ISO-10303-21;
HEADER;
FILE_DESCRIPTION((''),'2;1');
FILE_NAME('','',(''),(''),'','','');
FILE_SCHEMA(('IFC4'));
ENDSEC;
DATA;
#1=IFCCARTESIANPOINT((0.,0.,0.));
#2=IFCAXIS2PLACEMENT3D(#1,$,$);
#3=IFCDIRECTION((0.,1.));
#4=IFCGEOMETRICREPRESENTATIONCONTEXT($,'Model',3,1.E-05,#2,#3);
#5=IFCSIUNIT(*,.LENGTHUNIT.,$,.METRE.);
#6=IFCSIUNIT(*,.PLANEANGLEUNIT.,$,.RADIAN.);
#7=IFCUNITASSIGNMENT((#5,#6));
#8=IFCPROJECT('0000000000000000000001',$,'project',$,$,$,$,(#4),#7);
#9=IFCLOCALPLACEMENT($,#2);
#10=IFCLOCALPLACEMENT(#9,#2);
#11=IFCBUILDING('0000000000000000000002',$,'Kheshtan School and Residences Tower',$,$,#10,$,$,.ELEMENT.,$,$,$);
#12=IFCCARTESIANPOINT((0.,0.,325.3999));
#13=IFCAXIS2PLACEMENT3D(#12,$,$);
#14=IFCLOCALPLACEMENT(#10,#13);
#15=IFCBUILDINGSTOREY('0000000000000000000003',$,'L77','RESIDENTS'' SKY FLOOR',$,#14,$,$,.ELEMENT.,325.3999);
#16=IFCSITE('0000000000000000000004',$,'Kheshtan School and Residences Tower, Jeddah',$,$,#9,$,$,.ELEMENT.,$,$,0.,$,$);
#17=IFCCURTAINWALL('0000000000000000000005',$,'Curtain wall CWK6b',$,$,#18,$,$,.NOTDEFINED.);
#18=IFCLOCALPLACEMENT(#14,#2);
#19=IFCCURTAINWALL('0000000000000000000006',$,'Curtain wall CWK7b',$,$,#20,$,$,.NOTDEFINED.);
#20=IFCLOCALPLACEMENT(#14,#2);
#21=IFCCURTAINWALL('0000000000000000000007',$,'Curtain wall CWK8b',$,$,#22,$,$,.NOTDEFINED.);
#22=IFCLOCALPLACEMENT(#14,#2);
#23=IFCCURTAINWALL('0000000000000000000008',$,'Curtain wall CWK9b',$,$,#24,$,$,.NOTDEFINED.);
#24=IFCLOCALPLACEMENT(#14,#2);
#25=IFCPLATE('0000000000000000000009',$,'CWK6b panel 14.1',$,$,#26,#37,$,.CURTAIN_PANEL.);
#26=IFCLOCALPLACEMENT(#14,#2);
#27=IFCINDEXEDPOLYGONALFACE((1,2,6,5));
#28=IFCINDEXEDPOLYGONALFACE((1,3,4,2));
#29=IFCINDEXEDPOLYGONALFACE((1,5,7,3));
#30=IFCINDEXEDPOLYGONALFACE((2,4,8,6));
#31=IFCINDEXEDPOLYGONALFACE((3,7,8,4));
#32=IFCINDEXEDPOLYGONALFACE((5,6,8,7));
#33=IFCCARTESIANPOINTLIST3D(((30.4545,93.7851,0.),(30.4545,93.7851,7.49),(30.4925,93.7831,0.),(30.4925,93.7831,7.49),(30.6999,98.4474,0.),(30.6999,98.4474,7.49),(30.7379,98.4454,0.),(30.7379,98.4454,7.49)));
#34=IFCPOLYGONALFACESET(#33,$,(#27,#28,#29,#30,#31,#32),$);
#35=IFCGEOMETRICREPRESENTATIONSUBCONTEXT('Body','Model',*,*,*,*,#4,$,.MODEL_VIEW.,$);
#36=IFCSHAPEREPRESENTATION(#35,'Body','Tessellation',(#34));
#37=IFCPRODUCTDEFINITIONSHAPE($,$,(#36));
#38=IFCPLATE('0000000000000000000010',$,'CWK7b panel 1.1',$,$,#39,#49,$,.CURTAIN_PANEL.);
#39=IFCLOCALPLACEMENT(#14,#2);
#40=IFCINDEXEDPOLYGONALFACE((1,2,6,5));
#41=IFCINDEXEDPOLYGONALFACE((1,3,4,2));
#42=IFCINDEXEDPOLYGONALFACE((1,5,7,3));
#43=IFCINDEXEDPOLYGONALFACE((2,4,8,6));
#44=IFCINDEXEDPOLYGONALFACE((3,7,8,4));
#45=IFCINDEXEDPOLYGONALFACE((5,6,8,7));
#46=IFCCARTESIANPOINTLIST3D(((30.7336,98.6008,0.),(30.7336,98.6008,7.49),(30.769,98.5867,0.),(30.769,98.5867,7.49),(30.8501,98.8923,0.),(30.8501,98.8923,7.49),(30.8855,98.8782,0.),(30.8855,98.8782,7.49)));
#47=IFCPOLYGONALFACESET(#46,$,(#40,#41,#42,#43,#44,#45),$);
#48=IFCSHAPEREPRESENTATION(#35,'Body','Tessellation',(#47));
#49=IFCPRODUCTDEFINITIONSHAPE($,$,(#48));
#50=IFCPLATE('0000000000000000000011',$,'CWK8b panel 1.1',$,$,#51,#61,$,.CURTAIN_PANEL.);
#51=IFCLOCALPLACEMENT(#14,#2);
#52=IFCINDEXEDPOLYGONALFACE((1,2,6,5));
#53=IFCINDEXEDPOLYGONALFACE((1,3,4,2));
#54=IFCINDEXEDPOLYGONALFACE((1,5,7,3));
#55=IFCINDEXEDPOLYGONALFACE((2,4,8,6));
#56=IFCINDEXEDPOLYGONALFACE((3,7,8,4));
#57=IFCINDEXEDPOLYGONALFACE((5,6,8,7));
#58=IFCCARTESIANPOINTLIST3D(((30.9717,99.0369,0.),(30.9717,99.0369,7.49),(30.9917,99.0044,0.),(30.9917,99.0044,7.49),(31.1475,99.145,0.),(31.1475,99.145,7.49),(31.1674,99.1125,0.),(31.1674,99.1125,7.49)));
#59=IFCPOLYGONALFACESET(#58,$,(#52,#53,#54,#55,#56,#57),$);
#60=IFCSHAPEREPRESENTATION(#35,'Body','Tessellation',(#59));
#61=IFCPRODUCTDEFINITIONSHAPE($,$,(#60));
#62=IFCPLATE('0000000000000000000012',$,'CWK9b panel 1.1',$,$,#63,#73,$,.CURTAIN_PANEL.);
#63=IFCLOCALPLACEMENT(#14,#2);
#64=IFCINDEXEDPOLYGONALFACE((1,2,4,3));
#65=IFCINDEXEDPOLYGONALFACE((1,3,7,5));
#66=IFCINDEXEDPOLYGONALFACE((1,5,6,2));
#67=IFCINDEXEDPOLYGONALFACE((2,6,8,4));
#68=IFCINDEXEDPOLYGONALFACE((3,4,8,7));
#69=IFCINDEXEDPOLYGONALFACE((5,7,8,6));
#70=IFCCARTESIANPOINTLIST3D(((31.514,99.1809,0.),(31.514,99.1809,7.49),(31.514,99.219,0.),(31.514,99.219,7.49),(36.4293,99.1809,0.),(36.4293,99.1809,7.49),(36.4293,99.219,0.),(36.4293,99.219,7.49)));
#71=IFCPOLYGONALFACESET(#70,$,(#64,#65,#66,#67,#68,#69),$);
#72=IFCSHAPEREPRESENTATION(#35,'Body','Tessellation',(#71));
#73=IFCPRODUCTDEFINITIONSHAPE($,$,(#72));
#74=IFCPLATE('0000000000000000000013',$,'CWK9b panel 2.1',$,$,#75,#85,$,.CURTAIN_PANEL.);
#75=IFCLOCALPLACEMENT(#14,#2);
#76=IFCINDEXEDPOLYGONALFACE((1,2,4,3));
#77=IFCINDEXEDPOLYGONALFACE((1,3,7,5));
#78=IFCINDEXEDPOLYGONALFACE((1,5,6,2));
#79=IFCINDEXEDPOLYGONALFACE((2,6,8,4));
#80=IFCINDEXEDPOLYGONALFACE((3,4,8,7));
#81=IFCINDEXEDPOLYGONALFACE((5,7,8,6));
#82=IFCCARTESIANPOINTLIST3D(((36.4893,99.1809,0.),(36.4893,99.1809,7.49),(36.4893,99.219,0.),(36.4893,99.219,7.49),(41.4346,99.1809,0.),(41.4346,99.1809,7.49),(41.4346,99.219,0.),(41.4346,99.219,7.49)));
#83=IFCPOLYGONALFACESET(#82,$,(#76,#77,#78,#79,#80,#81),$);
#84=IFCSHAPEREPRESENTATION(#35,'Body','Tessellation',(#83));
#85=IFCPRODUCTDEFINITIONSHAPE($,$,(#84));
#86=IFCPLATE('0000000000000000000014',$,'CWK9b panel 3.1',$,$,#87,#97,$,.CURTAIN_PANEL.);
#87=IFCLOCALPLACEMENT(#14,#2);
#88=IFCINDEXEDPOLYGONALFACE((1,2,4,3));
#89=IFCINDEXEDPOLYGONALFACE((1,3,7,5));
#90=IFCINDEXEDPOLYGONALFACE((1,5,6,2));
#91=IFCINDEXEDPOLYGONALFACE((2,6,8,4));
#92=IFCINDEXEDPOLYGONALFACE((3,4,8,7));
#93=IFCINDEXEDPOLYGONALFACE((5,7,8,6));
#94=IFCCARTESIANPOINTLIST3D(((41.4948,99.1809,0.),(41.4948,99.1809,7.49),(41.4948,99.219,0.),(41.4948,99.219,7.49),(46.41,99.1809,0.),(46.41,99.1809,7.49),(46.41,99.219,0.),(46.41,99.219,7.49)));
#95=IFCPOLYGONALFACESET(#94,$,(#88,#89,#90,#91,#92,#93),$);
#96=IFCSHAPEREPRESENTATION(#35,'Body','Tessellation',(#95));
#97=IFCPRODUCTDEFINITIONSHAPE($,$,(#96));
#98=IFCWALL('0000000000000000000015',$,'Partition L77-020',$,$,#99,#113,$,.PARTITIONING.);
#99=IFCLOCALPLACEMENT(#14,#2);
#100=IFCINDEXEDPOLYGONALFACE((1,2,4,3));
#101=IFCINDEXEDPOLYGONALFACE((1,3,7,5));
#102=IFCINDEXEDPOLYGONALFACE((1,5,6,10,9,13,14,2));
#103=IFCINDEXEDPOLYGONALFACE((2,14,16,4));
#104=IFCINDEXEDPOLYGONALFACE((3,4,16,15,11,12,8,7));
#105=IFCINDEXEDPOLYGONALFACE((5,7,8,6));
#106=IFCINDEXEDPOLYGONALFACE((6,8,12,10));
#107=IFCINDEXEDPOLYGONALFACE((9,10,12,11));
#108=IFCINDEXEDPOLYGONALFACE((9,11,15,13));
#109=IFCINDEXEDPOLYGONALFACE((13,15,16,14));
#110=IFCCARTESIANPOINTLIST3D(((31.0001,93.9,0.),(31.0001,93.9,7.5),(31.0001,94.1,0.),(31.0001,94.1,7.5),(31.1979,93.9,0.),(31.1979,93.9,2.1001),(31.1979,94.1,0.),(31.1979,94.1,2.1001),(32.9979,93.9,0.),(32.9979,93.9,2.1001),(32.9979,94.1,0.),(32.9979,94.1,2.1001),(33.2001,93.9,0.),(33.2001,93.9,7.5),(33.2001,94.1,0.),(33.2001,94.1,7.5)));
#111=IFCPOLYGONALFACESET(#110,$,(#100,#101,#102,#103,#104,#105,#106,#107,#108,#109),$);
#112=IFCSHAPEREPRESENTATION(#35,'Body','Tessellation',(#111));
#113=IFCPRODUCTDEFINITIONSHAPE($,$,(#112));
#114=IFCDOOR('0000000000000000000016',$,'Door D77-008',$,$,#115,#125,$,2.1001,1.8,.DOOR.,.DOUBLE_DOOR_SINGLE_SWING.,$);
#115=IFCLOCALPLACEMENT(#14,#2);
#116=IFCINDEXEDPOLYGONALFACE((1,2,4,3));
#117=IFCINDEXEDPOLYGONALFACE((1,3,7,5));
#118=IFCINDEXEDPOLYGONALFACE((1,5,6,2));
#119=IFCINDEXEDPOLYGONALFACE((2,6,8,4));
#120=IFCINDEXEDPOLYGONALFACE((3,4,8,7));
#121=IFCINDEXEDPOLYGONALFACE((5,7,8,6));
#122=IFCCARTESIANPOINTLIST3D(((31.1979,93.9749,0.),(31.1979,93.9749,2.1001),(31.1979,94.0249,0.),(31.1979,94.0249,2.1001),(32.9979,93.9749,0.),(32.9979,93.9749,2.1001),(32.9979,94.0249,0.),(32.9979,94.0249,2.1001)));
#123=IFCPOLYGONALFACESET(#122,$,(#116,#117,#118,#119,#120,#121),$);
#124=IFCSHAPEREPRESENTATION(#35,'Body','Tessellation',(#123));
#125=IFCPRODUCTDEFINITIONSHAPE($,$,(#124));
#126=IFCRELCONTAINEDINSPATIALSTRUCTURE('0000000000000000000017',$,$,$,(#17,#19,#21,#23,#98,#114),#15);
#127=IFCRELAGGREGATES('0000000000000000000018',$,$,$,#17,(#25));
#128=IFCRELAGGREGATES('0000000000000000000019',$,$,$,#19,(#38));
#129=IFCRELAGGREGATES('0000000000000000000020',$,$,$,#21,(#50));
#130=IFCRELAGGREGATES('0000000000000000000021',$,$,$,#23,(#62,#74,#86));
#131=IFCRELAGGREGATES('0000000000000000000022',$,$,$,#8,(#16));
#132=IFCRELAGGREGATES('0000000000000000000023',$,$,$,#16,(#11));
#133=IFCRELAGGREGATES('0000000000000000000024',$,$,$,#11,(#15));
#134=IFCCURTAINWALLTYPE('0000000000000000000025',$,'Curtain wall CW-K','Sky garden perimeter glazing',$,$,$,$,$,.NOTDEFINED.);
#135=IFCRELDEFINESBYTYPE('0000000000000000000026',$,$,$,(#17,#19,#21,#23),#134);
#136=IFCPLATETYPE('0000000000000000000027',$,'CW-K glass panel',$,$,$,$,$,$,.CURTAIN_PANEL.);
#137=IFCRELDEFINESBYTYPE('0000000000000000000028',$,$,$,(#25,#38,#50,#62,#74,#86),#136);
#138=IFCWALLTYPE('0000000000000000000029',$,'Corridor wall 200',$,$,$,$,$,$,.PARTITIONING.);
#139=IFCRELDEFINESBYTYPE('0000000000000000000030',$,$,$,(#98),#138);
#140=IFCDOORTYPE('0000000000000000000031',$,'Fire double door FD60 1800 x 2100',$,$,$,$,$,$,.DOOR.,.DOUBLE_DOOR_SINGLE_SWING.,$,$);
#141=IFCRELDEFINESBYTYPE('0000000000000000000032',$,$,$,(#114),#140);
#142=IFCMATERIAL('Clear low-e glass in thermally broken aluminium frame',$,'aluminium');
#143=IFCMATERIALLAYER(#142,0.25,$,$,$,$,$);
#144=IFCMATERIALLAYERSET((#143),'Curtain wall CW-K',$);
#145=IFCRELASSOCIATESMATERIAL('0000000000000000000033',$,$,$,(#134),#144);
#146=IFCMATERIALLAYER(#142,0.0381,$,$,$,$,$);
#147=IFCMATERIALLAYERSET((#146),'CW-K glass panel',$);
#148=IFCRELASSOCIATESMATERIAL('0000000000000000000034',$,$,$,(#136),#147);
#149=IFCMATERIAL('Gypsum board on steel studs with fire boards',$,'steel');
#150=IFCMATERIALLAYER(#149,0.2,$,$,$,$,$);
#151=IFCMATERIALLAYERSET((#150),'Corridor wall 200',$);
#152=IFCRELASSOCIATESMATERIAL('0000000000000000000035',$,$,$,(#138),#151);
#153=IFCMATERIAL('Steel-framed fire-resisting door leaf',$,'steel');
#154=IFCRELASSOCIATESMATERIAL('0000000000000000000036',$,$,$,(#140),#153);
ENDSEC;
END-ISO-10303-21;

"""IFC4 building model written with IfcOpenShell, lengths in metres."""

from ifc_helpers import new_model, si_unit, direction, frame, frame_2d, origin, origin_2d, place, context, subcontext, project, spatial, rectangle, extrude, source, transform, mapped, material, layer, layer_set, type_object, element, fill, aggregate, save


model = new_model("IFC4")

# Units and contexts
model_context = context("Model", 3, precision=1e-05, world=origin(), true_north=direction((0.0, 1.0)))
body_context = subcontext(model_context, "Body", "Model", "MODEL_VIEW")
ifc_project = project(units=[si_unit("LENGTHUNIT", "METRE"), si_unit("PLANEANGLEUNIT", "RADIAN")], contexts=[model_context])

# Site, building, storey
site_placement = place(None, origin())
site = spatial("IfcSite", under=ifc_project, at=site_placement, Name="Kheshtan School and Residences Tower, Jeddah", CompositionType="ELEMENT", RefElevation=0.0)
building_placement = place(site_placement, origin())
building = spatial("IfcBuilding", under=site, at=building_placement, Name="Kheshtan School and Residences Tower", CompositionType="ELEMENT")
storey_placement = place(building_placement, frame((0.0, 0.0, 325.3999)))
storey = spatial("IfcBuildingStorey", under=building, at=storey_placement, Name="L77", Description="RESIDENTS' SKY FLOOR", CompositionType="ELEMENT", Elevation=325.3999)

# Curtain walls
ifc_material_1 = material(Name="Clear low-e glass in thermally broken aluminium frame", Category="aluminium")
ifc_layer_1 = layer(ifc_material_1, 0.25)
ifc_layer_set_1 = layer_set([ifc_layer_1], Name="Curtain wall CW-K")
curtain_wall_type_1 = type_object("IfcCurtainWallType", Name="Curtain wall CW-K", Description="Sky garden perimeter glazing", PredefinedType="NOTDEFINED", material=ifc_layer_set_1)
curtain_wall_1_placement = place(storey_placement, origin())
curtain_wall_1 = element("IfcCurtainWall", 1, at=curtain_wall_1_placement, inside=storey, type_object=curtain_wall_type_1, Name="Curtain wall CWK6b", PredefinedType="NOTDEFINED")
curtain_wall_2_placement = place(storey_placement, origin())
curtain_wall_2 = element("IfcCurtainWall", 2, at=curtain_wall_2_placement, inside=storey, type_object=curtain_wall_type_1, Name="Curtain wall CWK7b", PredefinedType="NOTDEFINED")
curtain_wall_3_placement = place(storey_placement, origin())
curtain_wall_3 = element("IfcCurtainWall", 3, at=curtain_wall_3_placement, inside=storey, type_object=curtain_wall_type_1, Name="Curtain wall CWK8b", PredefinedType="NOTDEFINED")
curtain_wall_4_placement = place(storey_placement, origin())
curtain_wall_4 = element("IfcCurtainWall", 4, at=curtain_wall_4_placement, inside=storey, type_object=curtain_wall_type_1, Name="Curtain wall CWK9b", PredefinedType="NOTDEFINED")

# Plates
ifc_layer_2 = layer(ifc_material_1, 0.0381)
ifc_layer_set_2 = layer_set([ifc_layer_2], Name="CW-K glass panel")
plate_type_1 = type_object("IfcPlateType", Name="CW-K glass panel", PredefinedType="CURTAIN_PANEL", material=ifc_layer_set_2)
plate_1_placement = place(storey_placement, frame((30.5962, 96.1152, 0.0), z_axis=(0.0, 0.0, 1.0), x_axis=(0.052565, 0.998617, 0.0)))
plate_1 = element("IfcPlate", 5, at=plate_1_placement, type_object=plate_type_1, Name="CWK6b panel 14.1", PredefinedType="CURTAIN_PANEL", context=body_context, shape_type="SweptSolid", body=[
    extrude(rectangle(XDim=4.6687, YDim=0.0381, at=origin_2d()), origin(), (0.0, 0.0, 1.0), 7.49),
])
aggregate(curtain_wall_1, [plate_1])
plate_2_placement = place(storey_placement, frame((30.8096, 98.7395, 0.0), z_axis=(0.0, 0.0, 1.0), x_axis=(0.370993, 0.928636, 0.0)))
plate_2 = element("IfcPlate", 6, at=plate_2_placement, type_object=plate_type_1, Name="CWK7b panel 1.1", PredefinedType="CURTAIN_PANEL", context=body_context, shape_type="SweptSolid", body=[
    extrude(rectangle(XDim=0.314, YDim=0.0381, at=origin_2d()), origin(), (0.0, 0.0, 1.0), 7.49),
])
aggregate(curtain_wall_2, [plate_2])
plate_3_placement = place(storey_placement, frame((31.0696, 99.0747, 0.0), z_axis=(0.0, 0.0, 1.0), x_axis=(0.851763, 0.523926, 0.0)))
plate_3 = element("IfcPlate", 7, at=plate_3_placement, type_object=plate_type_1, Name="CWK8b panel 1.1", PredefinedType="CURTAIN_PANEL", context=body_context, shape_type="SweptSolid", body=[
    extrude(rectangle(XDim=0.2063, YDim=0.0381, at=origin_2d()), origin(), (0.0, 0.0, 1.0), 7.49),
])
aggregate(curtain_wall_3, [plate_3])
plate_4_placement = place(storey_placement, frame((33.9717, 99.2, 0.0), z_axis=(0.0, 0.0, 1.0), x_axis=(1.0, 0.0, 0.0)))
plate_4 = element("IfcPlate", 8, at=plate_4_placement, type_object=plate_type_1, Name="CWK9b panel 1.1", PredefinedType="CURTAIN_PANEL", context=body_context, shape_type="SweptSolid", body=[
    extrude(rectangle(XDim=4.9153, YDim=0.0381, at=origin_2d()), origin(), (0.0, 0.0, 1.0), 7.49),
])
plate_5_placement = place(storey_placement, frame((38.9619, 99.2, 0.0), z_axis=(0.0, 0.0, 1.0), x_axis=(1.0, 0.0, 0.0)))
plate_5 = element("IfcPlate", 9, at=plate_5_placement, type_object=plate_type_1, Name="CWK9b panel 2.1", PredefinedType="CURTAIN_PANEL", context=body_context, shape_type="SweptSolid", body=[
    extrude(rectangle(XDim=4.9453, YDim=0.0381, at=origin_2d()), origin(), (0.0, 0.0, 1.0), 7.49),
])
plate_6_placement = place(storey_placement, frame((43.9524, 99.2, 0.0), z_axis=(0.0, 0.0, 1.0), x_axis=(1.0, 0.0, 0.0)))
plate_6 = element("IfcPlate", 10, at=plate_6_placement, type_object=plate_type_1, Name="CWK9b panel 3.1", PredefinedType="CURTAIN_PANEL", context=body_context, shape_type="SweptSolid", body=[
    extrude(rectangle(XDim=4.9153, YDim=0.0381, at=origin_2d()), origin(), (0.0, 0.0, 1.0), 7.49),
])
aggregate(curtain_wall_4, [plate_4, plate_5, plate_6])

# Wall, opening, door
ifc_material_2 = material(Name="Gypsum board on steel studs with fire boards", Category="steel")
ifc_layer_3 = layer(ifc_material_2, 0.2)
ifc_layer_set_3 = layer_set([ifc_layer_3], Name="Corridor wall 200")
wall_type = type_object("IfcWallType", Name="Corridor wall 200", PredefinedType="PARTITIONING", material=ifc_layer_set_3)
wall_placement = place(storey_placement, frame((31.0, 94.0, 0.0), z_axis=(0.0, 0.0, 1.0), x_axis=(1.0, 0.0, 0.0)))
wall = element("IfcWall", 11, at=wall_placement, inside=storey, type_object=wall_type, Name="Partition L77-020", PredefinedType="PARTITIONING", context=body_context, shape_type="SweptSolid", body=[
    extrude(rectangle(XDim=2.2, YDim=0.2, at=frame_2d((1.1001, 0.0))), origin(), (0.0, 0.0, 1.0), 7.5),
])
opening_placement = place(wall_placement, frame((0.198, 0.0, 0.0)))
opening = element("IfcOpeningElement", 12, at=opening_placement, cuts=wall, PredefinedType="OPENING", context=body_context, shape_type="SweptSolid", body=[
    extrude(rectangle(XDim=1.8, YDim=2.1001, at=frame_2d((0.8999, 1.05))), frame((0.0, 0.1099, 0.0), z_axis=(0.0, -1.0, 0.0), x_axis=(1.0, 0.0, 0.0)), (0.0, 0.0, 1.0), 0.22),
])
ifc_material_3 = material(Name="Steel-framed fire-resisting door leaf", Category="steel")
door_type = type_object("IfcDoorType", Name="Fire double door FD60 1800 x 2100", OperationType="DOUBLE_DOOR_SINGLE_SWING", PredefinedType="DOOR", material=ifc_material_3)
shared_shape = source(origin(), body_context, "Body", "SweptSolid", [
    extrude(rectangle(XDim=1.8, YDim=2.1001, at=frame_2d((0.8999, 1.05))), frame((0.0, 0.0249, 0.0), z_axis=(0.0, -1.0, 0.0), x_axis=(1.0, 0.0, 0.0)), (0.0, 0.0, 1.0), 0.05),
])
door_placement = place(opening_placement, origin())
door = element("IfcDoor", 13, at=door_placement, inside=storey, type_object=door_type, Name="Door D77-008", OperationType="DOUBLE_DOOR_SINGLE_SWING", OverallHeight=2.1001, OverallWidth=1.8, PredefinedType="DOOR", context=body_context, shape_type="MappedRepresentation", body=[
    mapped(shared_shape, transform((0.0, 0.0, 0.0), x_axis=(1.0, 0.0, 0.0), y_axis=(0.0, 1.0, 0.0), z_axis=(0.0, 0.0, 1.0), scale=1.0)),
])
fill(opening, door)

save(model, "model.ifc")
